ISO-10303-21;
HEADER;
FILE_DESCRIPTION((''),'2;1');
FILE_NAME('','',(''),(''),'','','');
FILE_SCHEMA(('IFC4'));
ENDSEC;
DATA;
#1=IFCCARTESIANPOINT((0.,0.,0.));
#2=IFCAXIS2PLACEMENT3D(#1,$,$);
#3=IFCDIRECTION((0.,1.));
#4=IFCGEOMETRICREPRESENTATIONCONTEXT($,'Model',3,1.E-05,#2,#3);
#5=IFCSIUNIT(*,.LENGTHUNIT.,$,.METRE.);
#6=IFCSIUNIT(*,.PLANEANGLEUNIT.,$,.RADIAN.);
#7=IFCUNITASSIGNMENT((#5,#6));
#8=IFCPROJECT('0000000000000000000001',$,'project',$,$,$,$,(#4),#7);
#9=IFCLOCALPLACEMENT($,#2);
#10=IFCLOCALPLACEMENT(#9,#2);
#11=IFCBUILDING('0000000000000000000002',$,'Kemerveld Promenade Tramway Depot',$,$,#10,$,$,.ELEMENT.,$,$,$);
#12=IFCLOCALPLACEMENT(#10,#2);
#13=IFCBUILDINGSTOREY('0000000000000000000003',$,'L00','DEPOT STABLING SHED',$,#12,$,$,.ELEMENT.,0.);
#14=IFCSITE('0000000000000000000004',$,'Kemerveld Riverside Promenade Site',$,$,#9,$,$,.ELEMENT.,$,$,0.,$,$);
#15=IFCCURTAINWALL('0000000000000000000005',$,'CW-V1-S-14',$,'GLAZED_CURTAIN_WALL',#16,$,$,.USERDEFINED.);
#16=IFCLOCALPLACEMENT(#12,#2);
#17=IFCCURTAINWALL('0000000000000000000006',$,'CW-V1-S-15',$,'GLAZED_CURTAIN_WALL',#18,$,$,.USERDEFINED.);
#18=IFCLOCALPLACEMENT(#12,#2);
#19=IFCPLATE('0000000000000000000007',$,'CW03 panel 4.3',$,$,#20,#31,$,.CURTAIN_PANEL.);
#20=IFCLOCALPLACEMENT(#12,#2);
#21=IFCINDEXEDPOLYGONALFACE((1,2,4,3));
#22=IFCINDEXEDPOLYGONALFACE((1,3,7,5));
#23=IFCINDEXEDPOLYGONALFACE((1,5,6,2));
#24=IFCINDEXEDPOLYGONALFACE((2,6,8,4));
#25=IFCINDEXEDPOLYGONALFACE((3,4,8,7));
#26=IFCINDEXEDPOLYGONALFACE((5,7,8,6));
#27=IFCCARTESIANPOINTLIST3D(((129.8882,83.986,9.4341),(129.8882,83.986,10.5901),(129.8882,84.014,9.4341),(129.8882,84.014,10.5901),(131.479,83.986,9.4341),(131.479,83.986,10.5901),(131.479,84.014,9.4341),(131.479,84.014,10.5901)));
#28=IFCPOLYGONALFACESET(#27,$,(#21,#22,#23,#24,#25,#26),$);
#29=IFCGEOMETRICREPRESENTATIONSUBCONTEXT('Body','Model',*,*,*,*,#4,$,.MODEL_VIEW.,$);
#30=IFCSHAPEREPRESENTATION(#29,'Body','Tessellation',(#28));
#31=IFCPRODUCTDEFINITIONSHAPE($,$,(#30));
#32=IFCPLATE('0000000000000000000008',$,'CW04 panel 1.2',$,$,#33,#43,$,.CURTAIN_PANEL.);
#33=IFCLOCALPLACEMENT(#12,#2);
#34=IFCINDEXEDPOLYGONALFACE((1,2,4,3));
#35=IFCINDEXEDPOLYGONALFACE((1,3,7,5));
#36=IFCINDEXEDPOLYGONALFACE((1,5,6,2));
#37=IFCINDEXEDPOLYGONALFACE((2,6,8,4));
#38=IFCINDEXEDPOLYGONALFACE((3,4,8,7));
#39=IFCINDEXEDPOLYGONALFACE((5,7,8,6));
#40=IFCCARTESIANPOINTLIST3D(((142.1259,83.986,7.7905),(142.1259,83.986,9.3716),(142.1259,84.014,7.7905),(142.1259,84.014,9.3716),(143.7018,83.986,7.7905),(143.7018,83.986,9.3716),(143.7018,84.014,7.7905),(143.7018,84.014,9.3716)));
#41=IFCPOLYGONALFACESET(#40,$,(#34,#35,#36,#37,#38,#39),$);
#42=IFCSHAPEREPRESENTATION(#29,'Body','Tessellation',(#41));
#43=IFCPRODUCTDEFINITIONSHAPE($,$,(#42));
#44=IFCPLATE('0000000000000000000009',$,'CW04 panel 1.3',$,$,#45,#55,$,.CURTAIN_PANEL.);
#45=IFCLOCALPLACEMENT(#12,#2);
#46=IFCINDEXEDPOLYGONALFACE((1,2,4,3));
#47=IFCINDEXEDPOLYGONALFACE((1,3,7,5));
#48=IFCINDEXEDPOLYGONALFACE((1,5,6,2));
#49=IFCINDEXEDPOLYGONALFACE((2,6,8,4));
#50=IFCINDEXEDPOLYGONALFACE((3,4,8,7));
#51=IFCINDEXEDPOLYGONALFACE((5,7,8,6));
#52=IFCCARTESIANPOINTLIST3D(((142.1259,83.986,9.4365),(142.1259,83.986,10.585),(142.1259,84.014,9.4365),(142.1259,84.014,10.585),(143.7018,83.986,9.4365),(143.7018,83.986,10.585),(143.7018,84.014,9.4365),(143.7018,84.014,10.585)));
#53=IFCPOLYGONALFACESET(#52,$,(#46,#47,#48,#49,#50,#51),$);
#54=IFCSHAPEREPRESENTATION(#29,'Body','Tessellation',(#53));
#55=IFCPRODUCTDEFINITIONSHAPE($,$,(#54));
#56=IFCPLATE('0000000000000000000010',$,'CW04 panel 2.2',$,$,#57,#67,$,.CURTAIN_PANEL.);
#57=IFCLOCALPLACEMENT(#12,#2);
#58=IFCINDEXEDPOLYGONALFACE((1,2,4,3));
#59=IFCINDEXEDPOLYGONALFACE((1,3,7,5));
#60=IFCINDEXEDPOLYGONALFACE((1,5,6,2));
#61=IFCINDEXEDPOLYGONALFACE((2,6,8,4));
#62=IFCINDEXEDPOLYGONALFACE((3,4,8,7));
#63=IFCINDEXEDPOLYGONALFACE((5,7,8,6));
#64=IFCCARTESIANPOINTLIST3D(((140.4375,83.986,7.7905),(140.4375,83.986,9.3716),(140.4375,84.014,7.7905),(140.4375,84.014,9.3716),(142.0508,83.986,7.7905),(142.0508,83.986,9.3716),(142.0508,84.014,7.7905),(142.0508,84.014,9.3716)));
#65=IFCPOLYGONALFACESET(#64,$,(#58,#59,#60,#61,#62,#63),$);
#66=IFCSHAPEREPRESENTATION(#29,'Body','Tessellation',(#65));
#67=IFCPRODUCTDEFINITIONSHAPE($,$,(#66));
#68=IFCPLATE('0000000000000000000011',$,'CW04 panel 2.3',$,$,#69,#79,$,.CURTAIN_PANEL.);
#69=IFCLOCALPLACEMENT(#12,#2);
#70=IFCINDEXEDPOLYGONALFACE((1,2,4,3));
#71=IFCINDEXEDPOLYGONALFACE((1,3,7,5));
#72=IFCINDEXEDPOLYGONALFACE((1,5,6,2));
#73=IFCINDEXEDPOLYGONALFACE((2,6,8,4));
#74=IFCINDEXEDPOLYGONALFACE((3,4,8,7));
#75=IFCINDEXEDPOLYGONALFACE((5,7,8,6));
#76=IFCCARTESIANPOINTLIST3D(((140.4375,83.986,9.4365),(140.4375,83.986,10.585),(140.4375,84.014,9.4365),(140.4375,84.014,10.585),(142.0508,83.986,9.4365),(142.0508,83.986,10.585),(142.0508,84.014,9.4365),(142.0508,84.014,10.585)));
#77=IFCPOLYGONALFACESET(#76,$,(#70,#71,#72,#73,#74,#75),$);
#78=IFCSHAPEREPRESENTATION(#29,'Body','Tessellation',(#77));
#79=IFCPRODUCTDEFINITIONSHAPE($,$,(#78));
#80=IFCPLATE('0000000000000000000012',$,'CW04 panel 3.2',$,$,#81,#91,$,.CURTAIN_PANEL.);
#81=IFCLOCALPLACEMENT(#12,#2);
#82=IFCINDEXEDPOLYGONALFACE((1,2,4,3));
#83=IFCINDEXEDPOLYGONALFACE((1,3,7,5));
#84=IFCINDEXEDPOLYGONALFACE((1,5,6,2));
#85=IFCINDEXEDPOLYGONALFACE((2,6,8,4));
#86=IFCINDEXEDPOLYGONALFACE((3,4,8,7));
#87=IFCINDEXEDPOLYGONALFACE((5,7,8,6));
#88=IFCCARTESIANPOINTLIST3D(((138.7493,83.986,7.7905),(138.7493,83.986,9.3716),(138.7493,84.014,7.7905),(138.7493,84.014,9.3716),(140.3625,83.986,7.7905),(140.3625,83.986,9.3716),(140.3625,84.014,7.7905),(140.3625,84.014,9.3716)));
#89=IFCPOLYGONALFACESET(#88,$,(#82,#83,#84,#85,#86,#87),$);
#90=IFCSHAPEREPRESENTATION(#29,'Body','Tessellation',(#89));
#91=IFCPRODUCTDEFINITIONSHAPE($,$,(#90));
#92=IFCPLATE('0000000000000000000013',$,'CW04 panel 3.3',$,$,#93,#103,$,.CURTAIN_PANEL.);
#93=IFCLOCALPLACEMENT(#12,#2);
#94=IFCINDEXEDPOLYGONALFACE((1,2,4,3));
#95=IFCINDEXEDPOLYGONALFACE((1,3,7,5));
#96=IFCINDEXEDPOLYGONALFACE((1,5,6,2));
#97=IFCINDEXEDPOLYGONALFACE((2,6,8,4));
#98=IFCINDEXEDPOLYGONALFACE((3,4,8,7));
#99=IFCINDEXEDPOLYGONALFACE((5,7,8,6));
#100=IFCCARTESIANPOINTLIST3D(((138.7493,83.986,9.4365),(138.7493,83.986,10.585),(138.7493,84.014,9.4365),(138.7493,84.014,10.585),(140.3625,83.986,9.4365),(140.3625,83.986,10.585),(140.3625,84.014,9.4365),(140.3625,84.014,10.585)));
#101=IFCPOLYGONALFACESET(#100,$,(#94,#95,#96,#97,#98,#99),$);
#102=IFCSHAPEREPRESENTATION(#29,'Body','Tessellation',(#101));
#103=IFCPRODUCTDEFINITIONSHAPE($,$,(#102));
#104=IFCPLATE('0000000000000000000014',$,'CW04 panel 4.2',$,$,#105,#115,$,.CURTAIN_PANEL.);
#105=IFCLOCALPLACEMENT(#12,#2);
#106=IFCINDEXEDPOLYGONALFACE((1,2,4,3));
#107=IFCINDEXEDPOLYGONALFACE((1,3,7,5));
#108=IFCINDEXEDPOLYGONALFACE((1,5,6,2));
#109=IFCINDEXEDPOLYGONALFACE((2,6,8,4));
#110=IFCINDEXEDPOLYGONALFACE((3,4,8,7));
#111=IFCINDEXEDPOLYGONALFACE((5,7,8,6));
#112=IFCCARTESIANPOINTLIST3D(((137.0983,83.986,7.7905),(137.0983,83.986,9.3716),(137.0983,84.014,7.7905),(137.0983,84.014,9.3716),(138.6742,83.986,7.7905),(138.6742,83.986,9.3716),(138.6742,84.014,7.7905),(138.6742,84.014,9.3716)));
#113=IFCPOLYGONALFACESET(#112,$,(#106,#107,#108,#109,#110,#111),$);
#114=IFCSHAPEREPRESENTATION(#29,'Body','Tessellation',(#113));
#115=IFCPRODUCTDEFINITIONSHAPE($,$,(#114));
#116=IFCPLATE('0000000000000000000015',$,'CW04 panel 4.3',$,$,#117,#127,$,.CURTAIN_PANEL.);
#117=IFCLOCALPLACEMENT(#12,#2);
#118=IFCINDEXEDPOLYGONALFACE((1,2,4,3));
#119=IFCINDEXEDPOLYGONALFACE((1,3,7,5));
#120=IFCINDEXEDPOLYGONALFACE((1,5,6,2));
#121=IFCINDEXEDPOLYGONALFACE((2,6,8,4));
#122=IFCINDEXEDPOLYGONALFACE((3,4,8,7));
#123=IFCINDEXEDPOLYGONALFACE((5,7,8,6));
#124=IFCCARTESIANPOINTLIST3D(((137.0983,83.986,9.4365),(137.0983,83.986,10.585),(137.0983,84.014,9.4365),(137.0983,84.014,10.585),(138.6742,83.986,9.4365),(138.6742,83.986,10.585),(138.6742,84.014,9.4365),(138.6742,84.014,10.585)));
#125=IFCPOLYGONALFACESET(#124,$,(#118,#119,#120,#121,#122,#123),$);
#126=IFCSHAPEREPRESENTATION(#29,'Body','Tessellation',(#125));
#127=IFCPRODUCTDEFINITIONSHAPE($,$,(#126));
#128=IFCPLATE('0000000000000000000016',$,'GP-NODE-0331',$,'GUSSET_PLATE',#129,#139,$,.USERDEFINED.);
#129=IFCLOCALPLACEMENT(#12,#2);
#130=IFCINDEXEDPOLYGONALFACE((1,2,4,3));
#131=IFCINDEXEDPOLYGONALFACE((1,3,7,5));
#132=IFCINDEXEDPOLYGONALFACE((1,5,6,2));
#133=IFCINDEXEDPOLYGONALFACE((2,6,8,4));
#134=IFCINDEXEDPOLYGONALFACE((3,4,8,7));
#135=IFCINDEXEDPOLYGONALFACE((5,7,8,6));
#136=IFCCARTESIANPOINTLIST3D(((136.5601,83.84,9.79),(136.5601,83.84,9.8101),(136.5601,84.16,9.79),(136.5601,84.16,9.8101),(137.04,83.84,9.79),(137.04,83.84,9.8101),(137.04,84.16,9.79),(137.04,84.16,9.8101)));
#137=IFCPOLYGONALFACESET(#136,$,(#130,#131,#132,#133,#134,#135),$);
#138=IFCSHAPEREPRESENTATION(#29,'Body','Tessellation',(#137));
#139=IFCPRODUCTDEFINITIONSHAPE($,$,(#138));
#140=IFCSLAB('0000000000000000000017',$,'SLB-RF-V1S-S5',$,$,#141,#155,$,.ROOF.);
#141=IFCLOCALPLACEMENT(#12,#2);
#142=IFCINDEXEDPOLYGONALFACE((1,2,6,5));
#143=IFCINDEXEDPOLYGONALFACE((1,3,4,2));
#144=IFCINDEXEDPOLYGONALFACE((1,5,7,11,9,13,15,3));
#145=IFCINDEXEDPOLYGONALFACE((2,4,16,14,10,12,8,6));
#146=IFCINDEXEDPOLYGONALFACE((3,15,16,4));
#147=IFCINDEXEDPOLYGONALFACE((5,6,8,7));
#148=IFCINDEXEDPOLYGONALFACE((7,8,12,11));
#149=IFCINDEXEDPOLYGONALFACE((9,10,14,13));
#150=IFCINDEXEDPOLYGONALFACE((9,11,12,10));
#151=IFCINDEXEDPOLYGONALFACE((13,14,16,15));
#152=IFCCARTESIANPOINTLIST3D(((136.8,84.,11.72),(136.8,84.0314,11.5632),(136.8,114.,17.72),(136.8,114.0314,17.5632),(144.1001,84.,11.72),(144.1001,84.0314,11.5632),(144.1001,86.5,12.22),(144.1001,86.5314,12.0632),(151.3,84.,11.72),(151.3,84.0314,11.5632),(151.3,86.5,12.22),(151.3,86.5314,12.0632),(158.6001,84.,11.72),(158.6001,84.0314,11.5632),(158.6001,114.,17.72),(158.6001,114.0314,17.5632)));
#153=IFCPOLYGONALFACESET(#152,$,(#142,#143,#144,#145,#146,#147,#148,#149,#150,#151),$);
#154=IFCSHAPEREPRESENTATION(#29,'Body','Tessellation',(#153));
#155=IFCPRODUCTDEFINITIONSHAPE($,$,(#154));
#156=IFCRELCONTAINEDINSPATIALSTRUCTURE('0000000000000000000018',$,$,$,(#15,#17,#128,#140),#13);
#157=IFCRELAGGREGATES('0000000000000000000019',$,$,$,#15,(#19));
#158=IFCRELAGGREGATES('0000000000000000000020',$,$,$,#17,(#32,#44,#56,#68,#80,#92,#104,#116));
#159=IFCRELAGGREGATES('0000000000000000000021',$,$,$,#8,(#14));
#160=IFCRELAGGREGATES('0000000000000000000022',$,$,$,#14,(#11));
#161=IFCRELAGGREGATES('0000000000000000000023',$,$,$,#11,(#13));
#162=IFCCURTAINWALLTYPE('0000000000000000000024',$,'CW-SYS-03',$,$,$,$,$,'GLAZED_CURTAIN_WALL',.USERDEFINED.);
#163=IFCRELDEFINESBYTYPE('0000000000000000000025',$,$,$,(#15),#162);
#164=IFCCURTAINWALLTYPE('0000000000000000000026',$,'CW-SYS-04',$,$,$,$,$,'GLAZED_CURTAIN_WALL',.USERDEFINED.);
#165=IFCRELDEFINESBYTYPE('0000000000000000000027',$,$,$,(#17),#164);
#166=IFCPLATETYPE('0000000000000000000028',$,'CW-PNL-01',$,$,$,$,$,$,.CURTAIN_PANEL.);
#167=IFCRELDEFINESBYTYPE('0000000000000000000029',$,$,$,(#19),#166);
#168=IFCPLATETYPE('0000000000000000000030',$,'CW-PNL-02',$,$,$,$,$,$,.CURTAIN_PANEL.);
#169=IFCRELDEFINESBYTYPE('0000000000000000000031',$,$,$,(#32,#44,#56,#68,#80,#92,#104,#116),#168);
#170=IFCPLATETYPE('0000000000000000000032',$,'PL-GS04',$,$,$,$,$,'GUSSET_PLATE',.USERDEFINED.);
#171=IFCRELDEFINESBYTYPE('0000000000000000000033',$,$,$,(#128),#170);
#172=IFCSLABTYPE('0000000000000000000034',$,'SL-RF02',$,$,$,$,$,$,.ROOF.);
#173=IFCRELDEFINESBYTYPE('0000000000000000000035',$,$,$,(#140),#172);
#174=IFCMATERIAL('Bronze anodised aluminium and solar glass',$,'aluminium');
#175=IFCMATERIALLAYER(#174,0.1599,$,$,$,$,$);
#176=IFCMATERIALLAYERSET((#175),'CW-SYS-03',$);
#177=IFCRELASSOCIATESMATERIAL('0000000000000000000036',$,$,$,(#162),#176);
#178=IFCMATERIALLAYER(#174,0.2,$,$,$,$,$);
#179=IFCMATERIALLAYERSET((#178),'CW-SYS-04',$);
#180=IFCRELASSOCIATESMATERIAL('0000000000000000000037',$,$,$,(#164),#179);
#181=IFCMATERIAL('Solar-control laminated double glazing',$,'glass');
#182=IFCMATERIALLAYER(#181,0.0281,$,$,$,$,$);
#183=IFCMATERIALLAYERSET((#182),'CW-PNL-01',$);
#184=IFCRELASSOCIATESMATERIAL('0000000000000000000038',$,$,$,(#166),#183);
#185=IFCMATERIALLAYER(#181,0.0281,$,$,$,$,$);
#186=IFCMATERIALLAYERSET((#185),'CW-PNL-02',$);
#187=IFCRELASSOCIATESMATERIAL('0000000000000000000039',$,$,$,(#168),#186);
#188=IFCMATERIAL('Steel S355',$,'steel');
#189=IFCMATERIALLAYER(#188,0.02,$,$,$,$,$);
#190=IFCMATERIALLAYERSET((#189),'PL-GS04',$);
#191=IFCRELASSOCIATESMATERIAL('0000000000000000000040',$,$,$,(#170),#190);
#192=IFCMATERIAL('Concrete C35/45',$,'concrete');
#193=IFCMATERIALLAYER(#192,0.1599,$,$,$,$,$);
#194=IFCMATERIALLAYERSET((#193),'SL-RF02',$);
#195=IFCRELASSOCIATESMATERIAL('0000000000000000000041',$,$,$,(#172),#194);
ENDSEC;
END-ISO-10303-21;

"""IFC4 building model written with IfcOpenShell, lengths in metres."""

from ifc_helpers import new_model, si_unit, direction, frame, origin, origin_2d, place, context, subcontext, project, spatial, polyline, rectangle, outline, extrude, material, layer, layer_set, type_object, element, aggregate, save


model = new_model("IFC4")

# Units and contexts
model_context = context("Model", 3, precision=1e-05, world=origin(), true_north=direction((0.0, 1.0)))
body_context = subcontext(model_context, "Body", "Model", "MODEL_VIEW")
ifc_project = project(units=[si_unit("LENGTHUNIT", "METRE"), si_unit("PLANEANGLEUNIT", "RADIAN")], contexts=[model_context])

# Site, building, storey
site_placement = place(None, origin())
site = spatial("IfcSite", under=ifc_project, at=site_placement, Name="Kemerveld Riverside Promenade Site", CompositionType="ELEMENT", RefElevation=0.0)
building_placement = place(site_placement, origin())
building = spatial("IfcBuilding", under=site, at=building_placement, Name="Kemerveld Promenade Tramway Depot", CompositionType="ELEMENT")
storey_placement = place(building_placement, origin())
storey = spatial("IfcBuildingStorey", under=building, at=storey_placement, Name="L00", Description="DEPOT STABLING SHED", CompositionType="ELEMENT", Elevation=0.0)

# Shared definitions
ifc_material_1 = material(Name="Steel S355", Category="steel")

# Curtain walls
ifc_material_2 = material(Name="Bronze anodised aluminium and solar glass", Category="aluminium")
ifc_layer_1 = layer(ifc_material_2, 0.1599)
ifc_layer_set_1 = layer_set([ifc_layer_1], Name="CW-SYS-03")
curtain_wall_type_1 = type_object("IfcCurtainWallType", Name="CW-SYS-03", ElementType="GLAZED_CURTAIN_WALL", PredefinedType="USERDEFINED", material=ifc_layer_set_1)
curtain_wall_1_placement = place(storey_placement, origin())
curtain_wall_1 = element("IfcCurtainWall", 1, at=curtain_wall_1_placement, inside=storey, type_object=curtain_wall_type_1, Name="CW-V1-S-14", ObjectType="GLAZED_CURTAIN_WALL", PredefinedType="USERDEFINED")
ifc_layer_2 = layer(ifc_material_2, 0.2)
ifc_layer_set_2 = layer_set([ifc_layer_2], Name="CW-SYS-04")
curtain_wall_type_2 = type_object("IfcCurtainWallType", Name="CW-SYS-04", ElementType="GLAZED_CURTAIN_WALL", PredefinedType="USERDEFINED", material=ifc_layer_set_2)
curtain_wall_2_placement = place(storey_placement, origin())
curtain_wall_2 = element("IfcCurtainWall", 2, at=curtain_wall_2_placement, inside=storey, type_object=curtain_wall_type_2, Name="CW-V1-S-15", ObjectType="GLAZED_CURTAIN_WALL", PredefinedType="USERDEFINED")

# Plates
ifc_material_3 = material(Name="Solar-control laminated double glazing", Category="glass")
ifc_layer_3 = layer(ifc_material_3, 0.0281)
ifc_layer_set_3 = layer_set([ifc_layer_3], Name="CW-PNL-01")
plate_type_1 = type_object("IfcPlateType", Name="CW-PNL-01", PredefinedType="CURTAIN_PANEL", material=ifc_layer_set_3)
plate_1_placement = place(storey_placement, frame((130.6836, 84.0, 9.4341), z_axis=(0.0, 0.0, 1.0), x_axis=(-1.0, 0.0, 0.0)))
plate_1 = element("IfcPlate", 3, at=plate_1_placement, type_object=plate_type_1, Name="CW03 panel 4.3", PredefinedType="CURTAIN_PANEL", context=body_context, shape_type="SweptSolid", body=[
    extrude(rectangle(XDim=1.5908, YDim=0.0281, at=origin_2d()), origin(), (0.0, 0.0, 1.0), 1.156),
])
aggregate(curtain_wall_1, [plate_1])
ifc_layer_4 = layer(ifc_material_3, 0.0281)
ifc_layer_set_4 = layer_set([ifc_layer_4], Name="CW-PNL-02")
plate_type_2 = type_object("IfcPlateType", Name="CW-PNL-02", PredefinedType="CURTAIN_PANEL", material=ifc_layer_set_4)
plate_2_placement = place(storey_placement, frame((142.9138, 84.0, 7.7905), z_axis=(0.0, 0.0, 1.0), x_axis=(-1.0, 0.0, 0.0)))
plate_2 = element("IfcPlate", 4, at=plate_2_placement, type_object=plate_type_2, Name="CW04 panel 1.2", PredefinedType="CURTAIN_PANEL", context=body_context, shape_type="SweptSolid", body=[
    extrude(rectangle(XDim=1.5759, YDim=0.0281, at=origin_2d()), origin(), (0.0, 0.0, 1.0), 1.5811),
])
plate_3_placement = place(storey_placement, frame((142.9138, 84.0, 9.4365), z_axis=(0.0, 0.0, 1.0), x_axis=(-1.0, 0.0, 0.0)))
plate_3 = element("IfcPlate", 5, at=plate_3_placement, type_object=plate_type_2, Name="CW04 panel 1.3", PredefinedType="CURTAIN_PANEL", context=body_context, shape_type="SweptSolid", body=[
    extrude(rectangle(XDim=1.5759, YDim=0.0281, at=origin_2d()), origin(), (0.0, 0.0, 1.0), 1.1484),
])
plate_4_placement = place(storey_placement, frame((141.2441, 84.0, 7.7905), z_axis=(0.0, 0.0, 1.0), x_axis=(-1.0, 0.0, 0.0)))
plate_4 = element("IfcPlate", 6, at=plate_4_placement, type_object=plate_type_2, Name="CW04 panel 2.2", PredefinedType="CURTAIN_PANEL", context=body_context, shape_type="SweptSolid", body=[
    extrude(rectangle(XDim=1.6133, YDim=0.0281, at=origin_2d()), origin(), (0.0, 0.0, 1.0), 1.5811),
])
plate_5_placement = place(storey_placement, frame((141.2441, 84.0, 9.4365), z_axis=(0.0, 0.0, 1.0), x_axis=(-1.0, 0.0, 0.0)))
plate_5 = element("IfcPlate", 7, at=plate_5_placement, type_object=plate_type_2, Name="CW04 panel 2.3", PredefinedType="CURTAIN_PANEL", context=body_context, shape_type="SweptSolid", body=[
    extrude(rectangle(XDim=1.6133, YDim=0.0281, at=origin_2d()), origin(), (0.0, 0.0, 1.0), 1.1484),
])
plate_6_placement = place(storey_placement, frame((139.5559, 84.0, 7.7905), z_axis=(0.0, 0.0, 1.0), x_axis=(-1.0, 0.0, 0.0)))
plate_6 = element("IfcPlate", 8, at=plate_6_placement, type_object=plate_type_2, Name="CW04 panel 3.2", PredefinedType="CURTAIN_PANEL", context=body_context, shape_type="SweptSolid", body=[
    extrude(rectangle(XDim=1.6133, YDim=0.0281, at=origin_2d()), origin(), (0.0, 0.0, 1.0), 1.5811),
])
plate_7_placement = place(storey_placement, frame((139.5559, 84.0, 9.4365), z_axis=(0.0, 0.0, 1.0), x_axis=(-1.0, 0.0, 0.0)))
plate_7 = element("IfcPlate", 9, at=plate_7_placement, type_object=plate_type_2, Name="CW04 panel 3.3", PredefinedType="CURTAIN_PANEL", context=body_context, shape_type="SweptSolid", body=[
    extrude(rectangle(XDim=1.6133, YDim=0.0281, at=origin_2d()), origin(), (0.0, 0.0, 1.0), 1.1484),
])
plate_8_placement = place(storey_placement, frame((137.8862, 84.0, 7.7905), z_axis=(0.0, 0.0, 1.0), x_axis=(-1.0, 0.0, 0.0)))
plate_8 = element("IfcPlate", 10, at=plate_8_placement, type_object=plate_type_2, Name="CW04 panel 4.2", PredefinedType="CURTAIN_PANEL", context=body_context, shape_type="SweptSolid", body=[
    extrude(rectangle(XDim=1.5759, YDim=0.0281, at=origin_2d()), origin(), (0.0, 0.0, 1.0), 1.5811),
])
plate_9_placement = place(storey_placement, frame((137.8862, 84.0, 9.4365), z_axis=(0.0, 0.0, 1.0), x_axis=(-1.0, 0.0, 0.0)))
plate_9 = element("IfcPlate", 11, at=plate_9_placement, type_object=plate_type_2, Name="CW04 panel 4.3", PredefinedType="CURTAIN_PANEL", context=body_context, shape_type="SweptSolid", body=[
    extrude(rectangle(XDim=1.5759, YDim=0.0281, at=origin_2d()), origin(), (0.0, 0.0, 1.0), 1.1484),
])
aggregate(curtain_wall_2, [plate_2, plate_3, plate_4, plate_5, plate_6, plate_7, plate_8, plate_9])
ifc_layer_5 = layer(ifc_material_1, 0.02)
ifc_layer_set_5 = layer_set([ifc_layer_5], Name="PL-GS04")
plate_type_3 = type_object("IfcPlateType", Name="PL-GS04", ElementType="GUSSET_PLATE", PredefinedType="USERDEFINED", material=ifc_layer_set_5)
plate_10_placement = place(storey_placement, frame((136.8, 84.0, 9.79), z_axis=(0.0, 0.0, 1.0), x_axis=(1.0, 0.0, 0.0)))
element("IfcPlate", 12, at=plate_10_placement, inside=storey, type_object=plate_type_3, Name="GP-NODE-0331", ObjectType="GUSSET_PLATE", PredefinedType="USERDEFINED", context=body_context, shape_type="SweptSolid", body=[
    extrude(rectangle(XDim=0.48, YDim=0.3201, at=origin_2d()), origin(), (0.0, 0.0, 1.0), 0.02),
])

# Slab
ifc_material_4 = material(Name="Concrete C35/45", Category="concrete")
ifc_layer_6 = layer(ifc_material_4, 0.1599)
ifc_layer_set_6 = layer_set([ifc_layer_6], Name="SL-RF02")
slab_type = type_object("IfcSlabType", Name="SL-RF02", PredefinedType="ROOF", material=ifc_layer_set_6)
slab_placement = place(storey_placement, frame((136.8, 84.0, 11.72), z_axis=(0.0, -0.196116, 0.980581), x_axis=(1.0, 0.0, 0.0)))
element("IfcSlab", 13, at=slab_placement, inside=storey, type_object=slab_type, Name="SLB-RF-V1S-S5", PredefinedType="ROOF", context=body_context, shape_type="SweptSolid", body=[
    extrude(outline(polyline([(0.0, 0.0), (7.3, 0.0), (7.3, 2.5495), (14.5, 2.5495), (14.5, 0.0), (21.8, 0.0), (21.8, 30.5941), (0.0, 30.5941), (0.0, 0.0)])), origin(), (0.0, 0.0, -1.0), 0.1599),
])

save(model, "model.ifc")
